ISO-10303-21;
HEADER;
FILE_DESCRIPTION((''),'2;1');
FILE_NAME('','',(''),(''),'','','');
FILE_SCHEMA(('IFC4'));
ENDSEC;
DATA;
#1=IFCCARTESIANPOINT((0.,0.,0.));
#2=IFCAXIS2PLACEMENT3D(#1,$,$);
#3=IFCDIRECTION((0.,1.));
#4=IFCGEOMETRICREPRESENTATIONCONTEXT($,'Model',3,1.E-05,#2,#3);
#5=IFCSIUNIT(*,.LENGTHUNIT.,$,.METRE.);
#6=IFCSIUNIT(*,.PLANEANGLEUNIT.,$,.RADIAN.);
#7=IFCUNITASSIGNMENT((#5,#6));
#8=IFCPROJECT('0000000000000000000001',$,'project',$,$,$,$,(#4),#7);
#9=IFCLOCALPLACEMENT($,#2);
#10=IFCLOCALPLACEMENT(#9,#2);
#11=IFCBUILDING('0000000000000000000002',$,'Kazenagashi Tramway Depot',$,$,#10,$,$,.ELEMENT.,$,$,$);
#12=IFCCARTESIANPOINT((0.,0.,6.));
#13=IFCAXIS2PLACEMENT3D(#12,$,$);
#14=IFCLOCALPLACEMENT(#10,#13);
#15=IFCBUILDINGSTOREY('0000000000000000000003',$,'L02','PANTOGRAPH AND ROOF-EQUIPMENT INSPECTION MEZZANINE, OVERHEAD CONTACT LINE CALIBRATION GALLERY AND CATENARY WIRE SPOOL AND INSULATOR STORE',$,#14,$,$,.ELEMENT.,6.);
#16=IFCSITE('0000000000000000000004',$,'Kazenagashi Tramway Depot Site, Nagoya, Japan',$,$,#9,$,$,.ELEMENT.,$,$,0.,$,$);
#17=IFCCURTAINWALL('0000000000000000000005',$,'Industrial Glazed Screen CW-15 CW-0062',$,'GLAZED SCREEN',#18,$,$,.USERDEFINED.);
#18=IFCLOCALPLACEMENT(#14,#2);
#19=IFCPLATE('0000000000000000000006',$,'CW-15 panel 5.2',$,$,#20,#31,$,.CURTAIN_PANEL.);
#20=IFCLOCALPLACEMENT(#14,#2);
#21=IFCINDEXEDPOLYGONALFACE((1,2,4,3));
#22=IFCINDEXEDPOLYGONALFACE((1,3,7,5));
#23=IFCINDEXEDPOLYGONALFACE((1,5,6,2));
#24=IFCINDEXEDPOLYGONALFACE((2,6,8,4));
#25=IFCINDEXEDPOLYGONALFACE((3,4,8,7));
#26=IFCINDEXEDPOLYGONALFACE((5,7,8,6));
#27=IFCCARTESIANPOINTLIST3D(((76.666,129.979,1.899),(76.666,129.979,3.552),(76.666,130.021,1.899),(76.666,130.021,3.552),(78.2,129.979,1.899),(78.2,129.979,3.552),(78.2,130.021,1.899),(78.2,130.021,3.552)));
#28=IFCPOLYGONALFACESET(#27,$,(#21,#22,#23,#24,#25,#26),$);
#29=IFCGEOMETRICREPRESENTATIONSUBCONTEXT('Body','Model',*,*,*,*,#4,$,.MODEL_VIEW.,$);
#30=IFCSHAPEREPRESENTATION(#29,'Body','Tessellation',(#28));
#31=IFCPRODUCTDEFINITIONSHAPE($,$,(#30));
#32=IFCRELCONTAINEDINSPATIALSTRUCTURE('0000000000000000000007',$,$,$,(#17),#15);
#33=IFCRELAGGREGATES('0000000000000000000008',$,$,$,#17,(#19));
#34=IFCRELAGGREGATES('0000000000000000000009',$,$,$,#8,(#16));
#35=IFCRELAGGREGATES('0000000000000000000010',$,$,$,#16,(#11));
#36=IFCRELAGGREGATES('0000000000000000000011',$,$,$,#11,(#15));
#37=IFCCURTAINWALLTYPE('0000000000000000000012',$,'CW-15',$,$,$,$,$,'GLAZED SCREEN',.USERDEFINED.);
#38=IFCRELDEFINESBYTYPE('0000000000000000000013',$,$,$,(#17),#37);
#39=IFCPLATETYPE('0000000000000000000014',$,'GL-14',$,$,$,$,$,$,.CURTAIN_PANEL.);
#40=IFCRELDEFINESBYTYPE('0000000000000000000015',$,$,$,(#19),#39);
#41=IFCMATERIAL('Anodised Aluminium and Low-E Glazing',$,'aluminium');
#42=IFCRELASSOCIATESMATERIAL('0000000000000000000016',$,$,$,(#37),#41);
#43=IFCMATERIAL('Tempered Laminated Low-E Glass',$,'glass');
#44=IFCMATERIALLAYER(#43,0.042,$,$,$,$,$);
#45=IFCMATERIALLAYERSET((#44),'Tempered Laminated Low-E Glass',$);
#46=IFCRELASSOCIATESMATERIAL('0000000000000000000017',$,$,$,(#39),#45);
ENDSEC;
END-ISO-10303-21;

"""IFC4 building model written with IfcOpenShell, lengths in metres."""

from ifc_helpers import new_model, si_unit, direction, frame, origin, origin_2d, place, context, subcontext, project, spatial, rectangle, extrude, material, layer, layer_set, type_object, element, aggregate, save


model = new_model("IFC4")

# Units and contexts
model_context = context("Model", 3, precision=1e-05, world=origin(), true_north=direction((0.0, 1.0)))
body_context = subcontext(model_context, "Body", "Model", "MODEL_VIEW")
ifc_project = project(units=[si_unit("LENGTHUNIT", "METRE"), si_unit("PLANEANGLEUNIT", "RADIAN")], contexts=[model_context])

# Site, building, storey
site_placement = place(None, origin())
site = spatial("IfcSite", under=ifc_project, at=site_placement, Name="Kazenagashi Tramway Depot Site, Nagoya, Japan", CompositionType="ELEMENT", RefElevation=0.0)
building_placement = place(site_placement, origin())
building = spatial("IfcBuilding", under=site, at=building_placement, Name="Kazenagashi Tramway Depot", CompositionType="ELEMENT")
storey_placement = place(building_placement, frame((0.0, 0.0, 6.0)))
storey = spatial("IfcBuildingStorey", under=building, at=storey_placement, Name="L02", Description="PANTOGRAPH AND ROOF-EQUIPMENT INSPECTION MEZZANINE, OVERHEAD CONTACT LINE CALIBRATION GALLERY AND CATENARY WIRE SPOOL AND INSULATOR STORE", CompositionType="ELEMENT", Elevation=6.0)

# Shared definitions
ifc_material_1 = material(Name="Anodised Aluminium and Low-E Glazing", Category="aluminium")
curtain_wall_type = type_object("IfcCurtainWallType", Name="CW-15", ElementType="GLAZED SCREEN", PredefinedType="USERDEFINED", material=ifc_material_1)

# Curtain wall
curtain_wall_1_placement = place(storey_placement, origin())
curtain_wall_1 = element("IfcCurtainWall", 1, at=curtain_wall_1_placement, inside=storey, type_object=curtain_wall_type, Name="Industrial Glazed Screen CW-15 CW-0062", ObjectType="GLAZED SCREEN", PredefinedType="USERDEFINED")

# Plate
ifc_material_2 = material(Name="Tempered Laminated Low-E Glass", Category="glass")
ifc_layer = layer(ifc_material_2, 0.042)
ifc_layer_set = layer_set([ifc_layer], Name="Tempered Laminated Low-E Glass")
plate_type = type_object("IfcPlateType", Name="GL-14", PredefinedType="CURTAIN_PANEL", material=ifc_layer_set)
plate_1_placement = place(storey_placement, frame((77.433, 130.0, 1.899), z_axis=(0.0, 0.0, 1.0), x_axis=(1.0, 0.0, 0.0)))
plate_1 = element("IfcPlate", 2, at=plate_1_placement, type_object=plate_type, Name="CW-15 panel 5.2", PredefinedType="CURTAIN_PANEL", context=body_context, shape_type="SweptSolid", body=[
    extrude(rectangle(XDim=1.534, YDim=0.042, at=origin_2d()), origin(), (0.0, 0.0, 1.0), 1.653),
])
aggregate(curtain_wall_1, [plate_1])

save(model, "model.ifc")
